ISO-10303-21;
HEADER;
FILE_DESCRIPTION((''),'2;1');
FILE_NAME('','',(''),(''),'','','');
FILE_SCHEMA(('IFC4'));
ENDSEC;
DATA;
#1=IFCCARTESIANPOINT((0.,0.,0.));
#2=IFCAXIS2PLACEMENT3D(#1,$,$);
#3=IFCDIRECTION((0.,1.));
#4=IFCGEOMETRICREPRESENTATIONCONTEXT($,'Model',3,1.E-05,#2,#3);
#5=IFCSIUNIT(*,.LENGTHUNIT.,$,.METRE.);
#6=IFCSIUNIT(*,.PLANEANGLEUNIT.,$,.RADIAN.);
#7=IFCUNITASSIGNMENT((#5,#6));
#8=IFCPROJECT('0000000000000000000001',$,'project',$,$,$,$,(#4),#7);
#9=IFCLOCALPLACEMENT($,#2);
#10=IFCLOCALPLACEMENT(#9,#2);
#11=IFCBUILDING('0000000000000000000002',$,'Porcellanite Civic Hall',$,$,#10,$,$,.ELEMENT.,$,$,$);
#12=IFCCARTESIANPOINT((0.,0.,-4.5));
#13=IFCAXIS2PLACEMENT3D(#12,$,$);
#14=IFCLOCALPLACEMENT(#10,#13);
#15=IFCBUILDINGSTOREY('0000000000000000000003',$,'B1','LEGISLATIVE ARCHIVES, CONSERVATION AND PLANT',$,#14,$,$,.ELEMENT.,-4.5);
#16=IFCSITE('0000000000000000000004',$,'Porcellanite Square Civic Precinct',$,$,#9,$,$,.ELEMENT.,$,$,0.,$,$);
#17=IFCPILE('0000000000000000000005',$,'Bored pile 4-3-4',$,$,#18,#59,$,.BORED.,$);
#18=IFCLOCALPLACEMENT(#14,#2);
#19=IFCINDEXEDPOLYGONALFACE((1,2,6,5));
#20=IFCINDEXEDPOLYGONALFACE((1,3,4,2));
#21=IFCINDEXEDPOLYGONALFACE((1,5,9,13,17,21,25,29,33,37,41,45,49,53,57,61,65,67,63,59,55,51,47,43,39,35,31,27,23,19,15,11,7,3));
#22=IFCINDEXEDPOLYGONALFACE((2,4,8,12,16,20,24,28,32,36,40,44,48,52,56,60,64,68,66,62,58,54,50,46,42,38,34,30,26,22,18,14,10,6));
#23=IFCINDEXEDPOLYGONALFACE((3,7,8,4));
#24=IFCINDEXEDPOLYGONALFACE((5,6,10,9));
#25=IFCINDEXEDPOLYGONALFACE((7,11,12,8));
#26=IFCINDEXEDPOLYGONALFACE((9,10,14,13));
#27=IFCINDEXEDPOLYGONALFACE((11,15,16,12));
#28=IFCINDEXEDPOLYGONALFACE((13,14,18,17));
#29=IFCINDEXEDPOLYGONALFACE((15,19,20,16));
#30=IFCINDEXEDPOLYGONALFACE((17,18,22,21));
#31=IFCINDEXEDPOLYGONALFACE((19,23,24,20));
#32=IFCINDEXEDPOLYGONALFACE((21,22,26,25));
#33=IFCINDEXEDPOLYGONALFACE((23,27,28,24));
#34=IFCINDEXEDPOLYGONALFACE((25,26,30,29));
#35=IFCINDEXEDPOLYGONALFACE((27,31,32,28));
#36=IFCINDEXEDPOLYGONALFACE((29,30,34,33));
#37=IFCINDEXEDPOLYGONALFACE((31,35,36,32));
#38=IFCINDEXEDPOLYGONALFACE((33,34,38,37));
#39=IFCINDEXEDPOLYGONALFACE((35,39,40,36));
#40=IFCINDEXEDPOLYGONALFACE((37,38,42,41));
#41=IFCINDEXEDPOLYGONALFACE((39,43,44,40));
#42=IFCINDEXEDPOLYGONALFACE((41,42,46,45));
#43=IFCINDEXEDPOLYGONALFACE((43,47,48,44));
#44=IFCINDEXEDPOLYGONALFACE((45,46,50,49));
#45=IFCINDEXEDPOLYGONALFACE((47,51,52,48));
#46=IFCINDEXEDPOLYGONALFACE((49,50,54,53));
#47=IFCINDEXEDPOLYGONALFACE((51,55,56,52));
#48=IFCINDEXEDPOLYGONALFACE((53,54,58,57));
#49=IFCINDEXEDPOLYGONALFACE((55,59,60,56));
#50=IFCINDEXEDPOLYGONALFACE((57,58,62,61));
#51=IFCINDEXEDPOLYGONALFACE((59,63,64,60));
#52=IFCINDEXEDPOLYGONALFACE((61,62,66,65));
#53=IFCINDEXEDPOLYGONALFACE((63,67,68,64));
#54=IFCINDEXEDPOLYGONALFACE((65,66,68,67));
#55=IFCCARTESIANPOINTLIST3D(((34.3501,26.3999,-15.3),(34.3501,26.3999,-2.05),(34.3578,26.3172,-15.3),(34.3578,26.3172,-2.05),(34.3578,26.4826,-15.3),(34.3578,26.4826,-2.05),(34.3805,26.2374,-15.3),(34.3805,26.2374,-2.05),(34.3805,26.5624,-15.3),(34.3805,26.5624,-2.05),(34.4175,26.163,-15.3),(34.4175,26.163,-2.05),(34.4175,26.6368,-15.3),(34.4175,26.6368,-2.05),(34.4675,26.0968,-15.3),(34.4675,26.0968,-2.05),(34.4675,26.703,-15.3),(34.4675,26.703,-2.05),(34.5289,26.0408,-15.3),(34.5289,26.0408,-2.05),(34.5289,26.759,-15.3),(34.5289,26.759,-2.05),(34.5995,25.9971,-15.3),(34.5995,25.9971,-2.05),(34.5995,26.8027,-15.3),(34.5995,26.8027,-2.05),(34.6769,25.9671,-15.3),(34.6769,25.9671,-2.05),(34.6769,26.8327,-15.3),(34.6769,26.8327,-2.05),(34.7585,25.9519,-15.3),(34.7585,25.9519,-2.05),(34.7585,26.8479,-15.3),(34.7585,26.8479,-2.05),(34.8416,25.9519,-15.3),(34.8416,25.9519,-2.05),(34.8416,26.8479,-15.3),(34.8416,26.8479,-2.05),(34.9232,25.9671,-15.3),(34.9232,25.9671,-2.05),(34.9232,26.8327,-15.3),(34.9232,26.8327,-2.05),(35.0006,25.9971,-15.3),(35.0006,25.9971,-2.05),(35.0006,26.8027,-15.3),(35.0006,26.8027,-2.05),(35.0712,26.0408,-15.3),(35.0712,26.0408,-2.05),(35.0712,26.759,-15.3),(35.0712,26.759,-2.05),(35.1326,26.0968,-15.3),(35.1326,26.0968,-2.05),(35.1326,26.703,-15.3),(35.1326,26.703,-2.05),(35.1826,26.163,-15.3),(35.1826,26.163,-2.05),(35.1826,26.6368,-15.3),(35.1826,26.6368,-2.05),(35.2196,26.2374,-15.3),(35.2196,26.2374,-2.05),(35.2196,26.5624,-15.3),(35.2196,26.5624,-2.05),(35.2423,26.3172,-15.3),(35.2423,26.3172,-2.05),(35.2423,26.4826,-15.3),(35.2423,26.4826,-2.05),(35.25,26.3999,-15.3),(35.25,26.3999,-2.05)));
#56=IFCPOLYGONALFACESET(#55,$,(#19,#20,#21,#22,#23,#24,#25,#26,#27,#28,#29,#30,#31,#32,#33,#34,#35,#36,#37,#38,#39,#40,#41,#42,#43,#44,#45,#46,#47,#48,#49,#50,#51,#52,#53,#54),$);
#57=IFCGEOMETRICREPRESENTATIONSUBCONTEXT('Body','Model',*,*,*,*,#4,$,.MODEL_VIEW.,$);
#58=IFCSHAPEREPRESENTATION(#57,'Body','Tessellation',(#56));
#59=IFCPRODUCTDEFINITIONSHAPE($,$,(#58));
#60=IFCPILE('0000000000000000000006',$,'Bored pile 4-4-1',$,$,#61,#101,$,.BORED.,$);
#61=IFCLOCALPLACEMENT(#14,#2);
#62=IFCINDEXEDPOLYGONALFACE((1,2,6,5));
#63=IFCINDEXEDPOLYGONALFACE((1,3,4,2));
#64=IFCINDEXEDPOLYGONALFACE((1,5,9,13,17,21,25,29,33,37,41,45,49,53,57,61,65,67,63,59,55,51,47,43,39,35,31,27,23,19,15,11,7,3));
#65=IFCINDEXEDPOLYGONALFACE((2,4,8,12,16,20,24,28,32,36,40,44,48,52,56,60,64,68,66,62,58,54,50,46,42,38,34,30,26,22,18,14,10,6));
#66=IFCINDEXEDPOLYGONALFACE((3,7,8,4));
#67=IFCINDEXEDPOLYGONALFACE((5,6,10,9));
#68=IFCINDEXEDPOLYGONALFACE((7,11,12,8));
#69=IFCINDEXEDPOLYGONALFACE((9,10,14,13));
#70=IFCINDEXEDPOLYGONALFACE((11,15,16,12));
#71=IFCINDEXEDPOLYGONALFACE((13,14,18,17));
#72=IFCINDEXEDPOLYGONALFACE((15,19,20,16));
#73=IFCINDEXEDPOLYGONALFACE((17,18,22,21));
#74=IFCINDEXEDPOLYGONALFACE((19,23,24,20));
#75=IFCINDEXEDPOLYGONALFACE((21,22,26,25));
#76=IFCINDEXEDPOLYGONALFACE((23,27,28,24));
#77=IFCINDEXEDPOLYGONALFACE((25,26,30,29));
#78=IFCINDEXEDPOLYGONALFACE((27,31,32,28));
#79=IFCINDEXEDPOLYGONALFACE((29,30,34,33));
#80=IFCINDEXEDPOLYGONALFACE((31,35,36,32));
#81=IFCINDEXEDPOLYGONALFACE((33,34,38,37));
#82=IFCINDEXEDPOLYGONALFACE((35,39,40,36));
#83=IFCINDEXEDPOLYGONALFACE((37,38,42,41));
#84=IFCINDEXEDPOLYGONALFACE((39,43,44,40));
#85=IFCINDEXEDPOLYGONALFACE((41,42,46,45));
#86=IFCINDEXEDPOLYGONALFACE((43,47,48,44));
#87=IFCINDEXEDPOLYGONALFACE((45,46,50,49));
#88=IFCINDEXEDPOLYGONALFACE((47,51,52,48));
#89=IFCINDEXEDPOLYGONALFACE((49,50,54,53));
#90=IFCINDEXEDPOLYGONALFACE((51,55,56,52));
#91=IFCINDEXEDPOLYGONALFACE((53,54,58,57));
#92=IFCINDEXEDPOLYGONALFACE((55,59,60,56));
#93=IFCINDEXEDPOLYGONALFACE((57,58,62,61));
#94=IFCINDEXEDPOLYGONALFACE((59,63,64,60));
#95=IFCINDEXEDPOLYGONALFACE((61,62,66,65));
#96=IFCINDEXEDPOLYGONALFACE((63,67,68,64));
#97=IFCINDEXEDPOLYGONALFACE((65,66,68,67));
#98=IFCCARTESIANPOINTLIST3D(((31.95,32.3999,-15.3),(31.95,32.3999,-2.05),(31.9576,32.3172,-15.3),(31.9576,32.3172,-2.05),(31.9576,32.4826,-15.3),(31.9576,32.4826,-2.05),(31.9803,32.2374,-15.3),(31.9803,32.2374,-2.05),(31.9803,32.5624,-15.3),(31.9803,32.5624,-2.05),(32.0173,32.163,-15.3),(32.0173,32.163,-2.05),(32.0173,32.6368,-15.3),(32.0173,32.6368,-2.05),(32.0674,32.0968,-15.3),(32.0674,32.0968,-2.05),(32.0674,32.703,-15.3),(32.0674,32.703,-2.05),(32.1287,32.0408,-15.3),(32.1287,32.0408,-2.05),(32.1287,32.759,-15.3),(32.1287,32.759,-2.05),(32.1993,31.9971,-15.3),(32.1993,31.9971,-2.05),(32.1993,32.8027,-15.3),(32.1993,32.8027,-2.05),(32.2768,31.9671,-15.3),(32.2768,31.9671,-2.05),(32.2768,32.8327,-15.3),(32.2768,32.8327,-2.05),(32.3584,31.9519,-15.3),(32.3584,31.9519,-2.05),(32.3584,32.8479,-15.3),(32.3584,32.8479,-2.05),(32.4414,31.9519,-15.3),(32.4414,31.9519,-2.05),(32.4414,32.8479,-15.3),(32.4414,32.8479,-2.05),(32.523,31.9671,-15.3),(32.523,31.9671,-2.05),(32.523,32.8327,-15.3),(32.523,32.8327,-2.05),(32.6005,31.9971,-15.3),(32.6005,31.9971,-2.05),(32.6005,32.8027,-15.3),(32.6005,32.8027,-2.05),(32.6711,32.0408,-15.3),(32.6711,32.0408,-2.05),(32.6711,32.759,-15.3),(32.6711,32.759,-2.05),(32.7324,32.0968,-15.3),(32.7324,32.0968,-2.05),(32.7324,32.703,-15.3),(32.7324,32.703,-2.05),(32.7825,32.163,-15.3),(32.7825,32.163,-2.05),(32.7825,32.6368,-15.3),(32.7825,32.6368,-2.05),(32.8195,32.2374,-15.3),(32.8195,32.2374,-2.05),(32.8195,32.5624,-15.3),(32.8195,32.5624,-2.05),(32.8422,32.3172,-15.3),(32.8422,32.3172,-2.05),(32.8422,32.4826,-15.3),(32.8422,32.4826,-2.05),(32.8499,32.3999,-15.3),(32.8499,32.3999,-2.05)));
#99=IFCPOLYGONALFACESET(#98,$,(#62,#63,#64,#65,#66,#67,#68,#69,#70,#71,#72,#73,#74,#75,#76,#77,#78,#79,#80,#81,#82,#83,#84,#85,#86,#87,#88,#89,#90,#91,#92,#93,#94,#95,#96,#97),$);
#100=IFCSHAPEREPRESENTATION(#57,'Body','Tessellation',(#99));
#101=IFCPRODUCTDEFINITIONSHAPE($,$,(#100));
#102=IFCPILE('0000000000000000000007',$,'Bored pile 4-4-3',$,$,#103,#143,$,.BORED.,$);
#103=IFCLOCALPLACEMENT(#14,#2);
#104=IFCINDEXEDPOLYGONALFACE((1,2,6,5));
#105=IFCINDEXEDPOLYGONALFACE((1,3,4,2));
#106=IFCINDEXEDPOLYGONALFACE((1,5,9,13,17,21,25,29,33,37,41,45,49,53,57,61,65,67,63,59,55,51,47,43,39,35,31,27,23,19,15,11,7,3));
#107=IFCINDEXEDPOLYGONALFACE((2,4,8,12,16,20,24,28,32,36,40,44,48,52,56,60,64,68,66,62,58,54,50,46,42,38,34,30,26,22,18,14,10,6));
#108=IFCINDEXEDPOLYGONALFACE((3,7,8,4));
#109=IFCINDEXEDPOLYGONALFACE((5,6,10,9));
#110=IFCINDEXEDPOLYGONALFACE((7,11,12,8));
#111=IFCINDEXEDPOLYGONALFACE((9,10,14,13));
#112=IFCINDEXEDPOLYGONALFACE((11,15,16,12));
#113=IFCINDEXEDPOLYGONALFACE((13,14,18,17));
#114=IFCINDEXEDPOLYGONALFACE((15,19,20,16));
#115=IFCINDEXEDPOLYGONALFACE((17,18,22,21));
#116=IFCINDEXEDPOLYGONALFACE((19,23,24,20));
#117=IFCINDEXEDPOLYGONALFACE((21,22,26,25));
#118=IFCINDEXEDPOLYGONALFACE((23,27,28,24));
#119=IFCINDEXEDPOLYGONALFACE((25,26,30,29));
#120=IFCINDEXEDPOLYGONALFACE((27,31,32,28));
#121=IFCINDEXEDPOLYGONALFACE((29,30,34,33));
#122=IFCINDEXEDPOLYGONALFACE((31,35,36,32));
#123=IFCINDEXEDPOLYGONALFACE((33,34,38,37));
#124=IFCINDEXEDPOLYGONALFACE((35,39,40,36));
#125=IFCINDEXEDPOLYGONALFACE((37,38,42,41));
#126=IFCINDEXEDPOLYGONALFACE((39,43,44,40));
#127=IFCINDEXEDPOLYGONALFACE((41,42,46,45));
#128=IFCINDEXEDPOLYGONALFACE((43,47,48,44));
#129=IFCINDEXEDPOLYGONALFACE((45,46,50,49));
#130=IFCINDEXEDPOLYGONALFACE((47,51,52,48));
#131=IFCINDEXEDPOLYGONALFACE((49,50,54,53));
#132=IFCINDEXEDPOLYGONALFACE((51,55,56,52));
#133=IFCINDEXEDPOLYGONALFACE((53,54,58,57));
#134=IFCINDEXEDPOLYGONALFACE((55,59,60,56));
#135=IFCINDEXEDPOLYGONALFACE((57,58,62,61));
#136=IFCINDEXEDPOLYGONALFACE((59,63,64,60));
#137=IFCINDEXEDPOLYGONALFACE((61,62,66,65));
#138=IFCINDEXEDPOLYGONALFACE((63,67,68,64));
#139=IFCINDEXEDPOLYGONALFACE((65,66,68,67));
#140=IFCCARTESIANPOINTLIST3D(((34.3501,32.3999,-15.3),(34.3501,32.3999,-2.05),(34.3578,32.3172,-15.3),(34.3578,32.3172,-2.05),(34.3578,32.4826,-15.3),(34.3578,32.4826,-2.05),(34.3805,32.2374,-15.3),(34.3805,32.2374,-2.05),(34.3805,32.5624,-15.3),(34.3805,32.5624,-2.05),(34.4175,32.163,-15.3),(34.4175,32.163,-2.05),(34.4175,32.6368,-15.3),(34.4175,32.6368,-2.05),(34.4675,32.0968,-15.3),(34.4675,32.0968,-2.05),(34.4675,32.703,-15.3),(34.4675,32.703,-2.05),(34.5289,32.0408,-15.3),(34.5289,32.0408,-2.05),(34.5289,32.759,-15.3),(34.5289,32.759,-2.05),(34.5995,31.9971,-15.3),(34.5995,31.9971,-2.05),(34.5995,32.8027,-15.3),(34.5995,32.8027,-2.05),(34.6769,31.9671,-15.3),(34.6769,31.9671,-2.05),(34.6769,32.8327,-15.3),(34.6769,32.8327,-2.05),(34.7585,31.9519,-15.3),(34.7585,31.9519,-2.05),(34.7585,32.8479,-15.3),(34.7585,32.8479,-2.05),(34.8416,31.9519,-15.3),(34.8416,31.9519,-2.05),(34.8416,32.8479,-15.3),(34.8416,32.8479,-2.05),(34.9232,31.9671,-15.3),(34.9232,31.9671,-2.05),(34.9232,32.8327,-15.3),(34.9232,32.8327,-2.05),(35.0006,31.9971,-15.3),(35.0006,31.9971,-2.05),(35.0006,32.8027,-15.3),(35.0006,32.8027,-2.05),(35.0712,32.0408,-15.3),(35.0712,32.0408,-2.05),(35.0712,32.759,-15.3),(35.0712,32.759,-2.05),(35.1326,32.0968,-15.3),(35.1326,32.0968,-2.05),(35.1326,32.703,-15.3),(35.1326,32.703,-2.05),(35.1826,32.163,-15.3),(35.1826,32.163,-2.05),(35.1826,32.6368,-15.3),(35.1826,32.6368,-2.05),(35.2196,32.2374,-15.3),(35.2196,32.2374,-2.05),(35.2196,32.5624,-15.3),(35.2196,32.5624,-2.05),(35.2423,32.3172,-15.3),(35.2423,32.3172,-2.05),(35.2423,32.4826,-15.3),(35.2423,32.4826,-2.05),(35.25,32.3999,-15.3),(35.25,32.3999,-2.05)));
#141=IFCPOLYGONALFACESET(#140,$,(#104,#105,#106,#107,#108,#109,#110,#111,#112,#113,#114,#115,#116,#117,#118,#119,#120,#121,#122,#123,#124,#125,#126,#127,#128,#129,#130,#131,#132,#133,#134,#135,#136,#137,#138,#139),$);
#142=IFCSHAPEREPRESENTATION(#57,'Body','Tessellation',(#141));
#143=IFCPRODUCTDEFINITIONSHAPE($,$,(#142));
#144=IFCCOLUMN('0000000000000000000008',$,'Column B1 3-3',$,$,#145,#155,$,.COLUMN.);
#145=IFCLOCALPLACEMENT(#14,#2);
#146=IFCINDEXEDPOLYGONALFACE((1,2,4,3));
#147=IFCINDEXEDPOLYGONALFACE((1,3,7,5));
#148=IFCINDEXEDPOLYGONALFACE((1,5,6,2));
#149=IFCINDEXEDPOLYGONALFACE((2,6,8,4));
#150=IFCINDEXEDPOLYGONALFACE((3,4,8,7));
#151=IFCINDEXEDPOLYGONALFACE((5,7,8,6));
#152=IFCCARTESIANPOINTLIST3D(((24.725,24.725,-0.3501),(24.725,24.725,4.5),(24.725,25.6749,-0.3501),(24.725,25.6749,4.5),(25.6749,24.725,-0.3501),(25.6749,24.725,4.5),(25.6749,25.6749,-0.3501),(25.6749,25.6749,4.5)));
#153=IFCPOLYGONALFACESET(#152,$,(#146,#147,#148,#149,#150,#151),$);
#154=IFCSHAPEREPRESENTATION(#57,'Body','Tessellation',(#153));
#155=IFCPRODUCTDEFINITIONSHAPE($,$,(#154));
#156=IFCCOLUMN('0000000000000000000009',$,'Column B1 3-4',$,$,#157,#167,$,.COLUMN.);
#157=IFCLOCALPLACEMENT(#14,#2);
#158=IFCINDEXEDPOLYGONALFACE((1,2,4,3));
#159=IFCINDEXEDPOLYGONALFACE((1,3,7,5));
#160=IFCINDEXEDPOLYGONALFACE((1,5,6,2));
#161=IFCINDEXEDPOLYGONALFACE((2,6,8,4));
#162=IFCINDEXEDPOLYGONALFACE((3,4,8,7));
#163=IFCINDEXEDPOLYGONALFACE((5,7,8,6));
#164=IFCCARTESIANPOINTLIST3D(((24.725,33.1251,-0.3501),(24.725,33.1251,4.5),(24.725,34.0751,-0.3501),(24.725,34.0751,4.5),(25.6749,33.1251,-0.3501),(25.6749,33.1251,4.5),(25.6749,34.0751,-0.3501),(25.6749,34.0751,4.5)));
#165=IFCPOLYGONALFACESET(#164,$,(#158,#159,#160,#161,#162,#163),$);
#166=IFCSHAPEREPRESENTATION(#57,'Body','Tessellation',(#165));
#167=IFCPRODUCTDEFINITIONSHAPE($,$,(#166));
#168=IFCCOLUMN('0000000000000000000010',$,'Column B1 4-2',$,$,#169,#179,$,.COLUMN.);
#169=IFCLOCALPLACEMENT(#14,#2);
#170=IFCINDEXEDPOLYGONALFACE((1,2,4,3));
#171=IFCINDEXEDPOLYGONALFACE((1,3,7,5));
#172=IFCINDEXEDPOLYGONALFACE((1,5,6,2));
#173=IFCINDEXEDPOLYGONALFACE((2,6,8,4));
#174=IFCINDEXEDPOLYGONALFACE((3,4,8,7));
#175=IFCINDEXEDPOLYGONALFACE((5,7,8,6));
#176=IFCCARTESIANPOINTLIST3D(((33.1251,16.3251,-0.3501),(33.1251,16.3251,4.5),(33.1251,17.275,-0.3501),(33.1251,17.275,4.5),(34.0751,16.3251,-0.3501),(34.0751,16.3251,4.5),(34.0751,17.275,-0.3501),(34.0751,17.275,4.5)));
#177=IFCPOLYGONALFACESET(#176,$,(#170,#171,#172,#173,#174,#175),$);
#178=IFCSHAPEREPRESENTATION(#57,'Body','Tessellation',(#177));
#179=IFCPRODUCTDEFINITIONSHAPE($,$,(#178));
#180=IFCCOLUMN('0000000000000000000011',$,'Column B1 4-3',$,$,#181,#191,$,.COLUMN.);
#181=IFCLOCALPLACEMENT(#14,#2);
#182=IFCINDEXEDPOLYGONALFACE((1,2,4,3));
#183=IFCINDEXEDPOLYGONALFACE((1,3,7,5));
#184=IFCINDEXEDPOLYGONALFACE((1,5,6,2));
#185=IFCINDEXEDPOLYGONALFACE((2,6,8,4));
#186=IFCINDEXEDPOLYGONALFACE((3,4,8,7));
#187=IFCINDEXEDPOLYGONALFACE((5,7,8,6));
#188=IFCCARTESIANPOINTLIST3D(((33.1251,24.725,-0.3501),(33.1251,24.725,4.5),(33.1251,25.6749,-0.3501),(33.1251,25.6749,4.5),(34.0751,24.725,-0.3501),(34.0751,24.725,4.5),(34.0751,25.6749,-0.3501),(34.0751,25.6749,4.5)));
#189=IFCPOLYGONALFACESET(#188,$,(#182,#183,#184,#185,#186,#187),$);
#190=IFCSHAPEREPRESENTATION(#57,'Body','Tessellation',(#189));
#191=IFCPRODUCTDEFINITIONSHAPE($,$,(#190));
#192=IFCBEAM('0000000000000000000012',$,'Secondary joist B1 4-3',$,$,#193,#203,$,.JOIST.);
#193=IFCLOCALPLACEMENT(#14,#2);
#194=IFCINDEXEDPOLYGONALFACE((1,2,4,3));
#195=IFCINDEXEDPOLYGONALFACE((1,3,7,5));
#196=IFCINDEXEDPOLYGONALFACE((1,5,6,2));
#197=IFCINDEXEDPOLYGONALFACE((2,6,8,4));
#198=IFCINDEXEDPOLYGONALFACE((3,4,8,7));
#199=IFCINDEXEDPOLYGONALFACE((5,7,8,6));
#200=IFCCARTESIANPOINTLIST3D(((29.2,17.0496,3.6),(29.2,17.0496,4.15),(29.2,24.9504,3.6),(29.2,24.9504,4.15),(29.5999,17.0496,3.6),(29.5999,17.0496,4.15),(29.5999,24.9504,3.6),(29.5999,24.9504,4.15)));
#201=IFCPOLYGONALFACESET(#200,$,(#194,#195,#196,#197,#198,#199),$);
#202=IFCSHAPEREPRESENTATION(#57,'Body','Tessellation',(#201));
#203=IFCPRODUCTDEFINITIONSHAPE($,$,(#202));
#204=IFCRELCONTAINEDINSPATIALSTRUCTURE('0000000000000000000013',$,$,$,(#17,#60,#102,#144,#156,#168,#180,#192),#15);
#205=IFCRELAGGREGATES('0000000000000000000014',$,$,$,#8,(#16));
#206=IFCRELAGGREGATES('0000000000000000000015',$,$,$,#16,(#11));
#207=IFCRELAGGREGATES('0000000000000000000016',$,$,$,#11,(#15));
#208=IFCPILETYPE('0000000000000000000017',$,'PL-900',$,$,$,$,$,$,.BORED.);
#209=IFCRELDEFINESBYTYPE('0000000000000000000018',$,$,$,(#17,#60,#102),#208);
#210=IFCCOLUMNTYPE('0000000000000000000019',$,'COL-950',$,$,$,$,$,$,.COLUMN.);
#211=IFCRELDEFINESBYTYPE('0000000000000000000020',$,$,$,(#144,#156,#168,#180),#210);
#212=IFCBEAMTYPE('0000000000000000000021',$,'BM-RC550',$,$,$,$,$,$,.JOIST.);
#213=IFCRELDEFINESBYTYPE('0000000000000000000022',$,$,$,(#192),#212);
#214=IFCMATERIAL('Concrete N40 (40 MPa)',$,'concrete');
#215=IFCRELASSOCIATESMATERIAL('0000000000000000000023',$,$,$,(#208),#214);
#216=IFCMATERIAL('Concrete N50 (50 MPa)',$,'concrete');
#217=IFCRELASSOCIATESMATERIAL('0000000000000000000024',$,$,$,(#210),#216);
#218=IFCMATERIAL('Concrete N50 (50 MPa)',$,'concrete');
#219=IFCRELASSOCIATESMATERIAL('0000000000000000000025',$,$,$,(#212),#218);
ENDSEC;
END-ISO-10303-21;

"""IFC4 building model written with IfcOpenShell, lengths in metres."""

from ifc_helpers import new_model, si_unit, direction, frame, origin, origin_2d, place, context, subcontext, project, spatial, rectangle, circle, extrude, material, material_profile, profile_set, type_object, element, save


model = new_model("IFC4")

# Units and contexts
model_context = context("Model", 3, precision=1e-05, world=origin(), true_north=direction((0.0, 1.0)))
body_context = subcontext(model_context, "Body", "Model", "MODEL_VIEW")
ifc_project = project(units=[si_unit("LENGTHUNIT", "METRE"), si_unit("PLANEANGLEUNIT", "RADIAN")], contexts=[model_context])

# Site, building, storey
site_placement = place(None, origin())
site = spatial("IfcSite", under=ifc_project, at=site_placement, Name="Porcellanite Square Civic Precinct", CompositionType="ELEMENT", RefElevation=0.0)
building_placement = place(site_placement, origin())
building = spatial("IfcBuilding", under=site, at=building_placement, Name="Porcellanite Civic Hall", CompositionType="ELEMENT")
storey_placement = place(building_placement, frame((0.0, 0.0, -4.5)))
storey = spatial("IfcBuildingStorey", under=building, at=storey_placement, Name="B1", Description="LEGISLATIVE ARCHIVES, CONSERVATION AND PLANT", CompositionType="ELEMENT", Elevation=-4.5)

# Piles
ifc_material_1 = material(Name="Concrete N40 (40 MPa)", Category="concrete")
ifc_material_profile_1 = material_profile(ifc_material_1, circle(Radius=0.45, at=origin_2d()), Name="PILE-D900")
ifc_profile_set_1 = profile_set([ifc_material_profile_1], Name="Concrete N40 (40 MPa)")
pile_type = type_object("IfcPileType", Name="PL-900", PredefinedType="BORED", material=ifc_profile_set_1)
for number, where, z_axis, x_axis, name in (
    (1, (34.8, 26.3999, -2.05), (0.0, 0.0, -1.0), (1.0, 0.0, 0.0), "Bored pile 4-3-4"),
    (2, (32.3999, 32.3999, -2.05), (0.0, 0.0, -1.0), (1.0, 0.0, 0.0), "Bored pile 4-4-1"),
    (3, (34.8, 32.3999, -2.05), (0.0, 0.0, -1.0), (1.0, 0.0, 0.0), "Bored pile 4-4-3"),
):
    element("IfcPile", number, at=place(storey_placement, frame(where, z_axis=z_axis, x_axis=x_axis)), inside=storey, type_object=pile_type, Name=name, PredefinedType="BORED", context=body_context, shape_type="SweptSolid", body=[
        extrude(circle(Radius=0.45, at=origin_2d()), origin(), (0.0, 0.0, 1.0), 13.25),
    ])

# Columns
ifc_material_2 = material(Name="Concrete N50 (50 MPa)", Category="concrete")
ifc_material_profile_2 = material_profile(ifc_material_2, rectangle(XDim=0.95, YDim=0.95, at=origin_2d()), Name="RC-950x950")
ifc_profile_set_2 = profile_set([ifc_material_profile_2], Name="Concrete N50 (50 MPa)")
column_type = type_object("IfcColumnType", Name="COL-950", PredefinedType="COLUMN", material=ifc_profile_set_2)
for number, where, z_axis, x_axis, name in (
    (4, (25.2, 25.2, -0.3501), (0.0, 0.0, 1.0), (1.0, 0.0, 0.0), "Column B1 3-3"),
    (5, (25.2, 33.6001, -0.3501), (0.0, 0.0, 1.0), (1.0, 0.0, 0.0), "Column B1 3-4"),
    (6, (33.6001, 16.8, -0.3501), (0.0, 0.0, 1.0), (1.0, 0.0, 0.0), "Column B1 4-2"),
    (7, (33.6001, 25.2, -0.3501), (0.0, 0.0, 1.0), (1.0, 0.0, 0.0), "Column B1 4-3"),
):
    element("IfcColumn", number, at=place(storey_placement, frame(where, z_axis=z_axis, x_axis=x_axis)), inside=storey, type_object=column_type, Name=name, PredefinedType="COLUMN", context=body_context, shape_type="SweptSolid", body=[
        extrude(rectangle(XDim=0.95, YDim=0.95, at=origin_2d()), origin(), (0.0, 0.0, 1.0), 4.8501),
    ])

# Beam
ifc_material_3 = material(Name="Concrete N50 (50 MPa)", Category="concrete")
ifc_material_profile_3 = material_profile(ifc_material_3, rectangle(XDim=0.3999, YDim=0.55, at=origin_2d()), Name="RC-400x550")
ifc_profile_set_3 = profile_set([ifc_material_profile_3], Name="Concrete N50 (50 MPa)")
beam_type_1 = type_object("IfcBeamType", Name="BM-RC550", PredefinedType="JOIST", material=ifc_profile_set_3)
beam_1_placement = place(storey_placement, frame((29.3999, 17.0496, 3.875), z_axis=(0.0, 1.0, 0.0), x_axis=(-1.0, 0.0, 0.0)))
element("IfcBeam", 8, at=beam_1_placement, inside=storey, type_object=beam_type_1, Name="Secondary joist B1 4-3", PredefinedType="JOIST", context=body_context, shape_type="SweptSolid", body=[
    extrude(rectangle(XDim=0.3999, YDim=0.55, at=origin_2d()), origin(), (0.0, 0.0, 1.0), 7.9009),
])

save(model, "model.ifc")
